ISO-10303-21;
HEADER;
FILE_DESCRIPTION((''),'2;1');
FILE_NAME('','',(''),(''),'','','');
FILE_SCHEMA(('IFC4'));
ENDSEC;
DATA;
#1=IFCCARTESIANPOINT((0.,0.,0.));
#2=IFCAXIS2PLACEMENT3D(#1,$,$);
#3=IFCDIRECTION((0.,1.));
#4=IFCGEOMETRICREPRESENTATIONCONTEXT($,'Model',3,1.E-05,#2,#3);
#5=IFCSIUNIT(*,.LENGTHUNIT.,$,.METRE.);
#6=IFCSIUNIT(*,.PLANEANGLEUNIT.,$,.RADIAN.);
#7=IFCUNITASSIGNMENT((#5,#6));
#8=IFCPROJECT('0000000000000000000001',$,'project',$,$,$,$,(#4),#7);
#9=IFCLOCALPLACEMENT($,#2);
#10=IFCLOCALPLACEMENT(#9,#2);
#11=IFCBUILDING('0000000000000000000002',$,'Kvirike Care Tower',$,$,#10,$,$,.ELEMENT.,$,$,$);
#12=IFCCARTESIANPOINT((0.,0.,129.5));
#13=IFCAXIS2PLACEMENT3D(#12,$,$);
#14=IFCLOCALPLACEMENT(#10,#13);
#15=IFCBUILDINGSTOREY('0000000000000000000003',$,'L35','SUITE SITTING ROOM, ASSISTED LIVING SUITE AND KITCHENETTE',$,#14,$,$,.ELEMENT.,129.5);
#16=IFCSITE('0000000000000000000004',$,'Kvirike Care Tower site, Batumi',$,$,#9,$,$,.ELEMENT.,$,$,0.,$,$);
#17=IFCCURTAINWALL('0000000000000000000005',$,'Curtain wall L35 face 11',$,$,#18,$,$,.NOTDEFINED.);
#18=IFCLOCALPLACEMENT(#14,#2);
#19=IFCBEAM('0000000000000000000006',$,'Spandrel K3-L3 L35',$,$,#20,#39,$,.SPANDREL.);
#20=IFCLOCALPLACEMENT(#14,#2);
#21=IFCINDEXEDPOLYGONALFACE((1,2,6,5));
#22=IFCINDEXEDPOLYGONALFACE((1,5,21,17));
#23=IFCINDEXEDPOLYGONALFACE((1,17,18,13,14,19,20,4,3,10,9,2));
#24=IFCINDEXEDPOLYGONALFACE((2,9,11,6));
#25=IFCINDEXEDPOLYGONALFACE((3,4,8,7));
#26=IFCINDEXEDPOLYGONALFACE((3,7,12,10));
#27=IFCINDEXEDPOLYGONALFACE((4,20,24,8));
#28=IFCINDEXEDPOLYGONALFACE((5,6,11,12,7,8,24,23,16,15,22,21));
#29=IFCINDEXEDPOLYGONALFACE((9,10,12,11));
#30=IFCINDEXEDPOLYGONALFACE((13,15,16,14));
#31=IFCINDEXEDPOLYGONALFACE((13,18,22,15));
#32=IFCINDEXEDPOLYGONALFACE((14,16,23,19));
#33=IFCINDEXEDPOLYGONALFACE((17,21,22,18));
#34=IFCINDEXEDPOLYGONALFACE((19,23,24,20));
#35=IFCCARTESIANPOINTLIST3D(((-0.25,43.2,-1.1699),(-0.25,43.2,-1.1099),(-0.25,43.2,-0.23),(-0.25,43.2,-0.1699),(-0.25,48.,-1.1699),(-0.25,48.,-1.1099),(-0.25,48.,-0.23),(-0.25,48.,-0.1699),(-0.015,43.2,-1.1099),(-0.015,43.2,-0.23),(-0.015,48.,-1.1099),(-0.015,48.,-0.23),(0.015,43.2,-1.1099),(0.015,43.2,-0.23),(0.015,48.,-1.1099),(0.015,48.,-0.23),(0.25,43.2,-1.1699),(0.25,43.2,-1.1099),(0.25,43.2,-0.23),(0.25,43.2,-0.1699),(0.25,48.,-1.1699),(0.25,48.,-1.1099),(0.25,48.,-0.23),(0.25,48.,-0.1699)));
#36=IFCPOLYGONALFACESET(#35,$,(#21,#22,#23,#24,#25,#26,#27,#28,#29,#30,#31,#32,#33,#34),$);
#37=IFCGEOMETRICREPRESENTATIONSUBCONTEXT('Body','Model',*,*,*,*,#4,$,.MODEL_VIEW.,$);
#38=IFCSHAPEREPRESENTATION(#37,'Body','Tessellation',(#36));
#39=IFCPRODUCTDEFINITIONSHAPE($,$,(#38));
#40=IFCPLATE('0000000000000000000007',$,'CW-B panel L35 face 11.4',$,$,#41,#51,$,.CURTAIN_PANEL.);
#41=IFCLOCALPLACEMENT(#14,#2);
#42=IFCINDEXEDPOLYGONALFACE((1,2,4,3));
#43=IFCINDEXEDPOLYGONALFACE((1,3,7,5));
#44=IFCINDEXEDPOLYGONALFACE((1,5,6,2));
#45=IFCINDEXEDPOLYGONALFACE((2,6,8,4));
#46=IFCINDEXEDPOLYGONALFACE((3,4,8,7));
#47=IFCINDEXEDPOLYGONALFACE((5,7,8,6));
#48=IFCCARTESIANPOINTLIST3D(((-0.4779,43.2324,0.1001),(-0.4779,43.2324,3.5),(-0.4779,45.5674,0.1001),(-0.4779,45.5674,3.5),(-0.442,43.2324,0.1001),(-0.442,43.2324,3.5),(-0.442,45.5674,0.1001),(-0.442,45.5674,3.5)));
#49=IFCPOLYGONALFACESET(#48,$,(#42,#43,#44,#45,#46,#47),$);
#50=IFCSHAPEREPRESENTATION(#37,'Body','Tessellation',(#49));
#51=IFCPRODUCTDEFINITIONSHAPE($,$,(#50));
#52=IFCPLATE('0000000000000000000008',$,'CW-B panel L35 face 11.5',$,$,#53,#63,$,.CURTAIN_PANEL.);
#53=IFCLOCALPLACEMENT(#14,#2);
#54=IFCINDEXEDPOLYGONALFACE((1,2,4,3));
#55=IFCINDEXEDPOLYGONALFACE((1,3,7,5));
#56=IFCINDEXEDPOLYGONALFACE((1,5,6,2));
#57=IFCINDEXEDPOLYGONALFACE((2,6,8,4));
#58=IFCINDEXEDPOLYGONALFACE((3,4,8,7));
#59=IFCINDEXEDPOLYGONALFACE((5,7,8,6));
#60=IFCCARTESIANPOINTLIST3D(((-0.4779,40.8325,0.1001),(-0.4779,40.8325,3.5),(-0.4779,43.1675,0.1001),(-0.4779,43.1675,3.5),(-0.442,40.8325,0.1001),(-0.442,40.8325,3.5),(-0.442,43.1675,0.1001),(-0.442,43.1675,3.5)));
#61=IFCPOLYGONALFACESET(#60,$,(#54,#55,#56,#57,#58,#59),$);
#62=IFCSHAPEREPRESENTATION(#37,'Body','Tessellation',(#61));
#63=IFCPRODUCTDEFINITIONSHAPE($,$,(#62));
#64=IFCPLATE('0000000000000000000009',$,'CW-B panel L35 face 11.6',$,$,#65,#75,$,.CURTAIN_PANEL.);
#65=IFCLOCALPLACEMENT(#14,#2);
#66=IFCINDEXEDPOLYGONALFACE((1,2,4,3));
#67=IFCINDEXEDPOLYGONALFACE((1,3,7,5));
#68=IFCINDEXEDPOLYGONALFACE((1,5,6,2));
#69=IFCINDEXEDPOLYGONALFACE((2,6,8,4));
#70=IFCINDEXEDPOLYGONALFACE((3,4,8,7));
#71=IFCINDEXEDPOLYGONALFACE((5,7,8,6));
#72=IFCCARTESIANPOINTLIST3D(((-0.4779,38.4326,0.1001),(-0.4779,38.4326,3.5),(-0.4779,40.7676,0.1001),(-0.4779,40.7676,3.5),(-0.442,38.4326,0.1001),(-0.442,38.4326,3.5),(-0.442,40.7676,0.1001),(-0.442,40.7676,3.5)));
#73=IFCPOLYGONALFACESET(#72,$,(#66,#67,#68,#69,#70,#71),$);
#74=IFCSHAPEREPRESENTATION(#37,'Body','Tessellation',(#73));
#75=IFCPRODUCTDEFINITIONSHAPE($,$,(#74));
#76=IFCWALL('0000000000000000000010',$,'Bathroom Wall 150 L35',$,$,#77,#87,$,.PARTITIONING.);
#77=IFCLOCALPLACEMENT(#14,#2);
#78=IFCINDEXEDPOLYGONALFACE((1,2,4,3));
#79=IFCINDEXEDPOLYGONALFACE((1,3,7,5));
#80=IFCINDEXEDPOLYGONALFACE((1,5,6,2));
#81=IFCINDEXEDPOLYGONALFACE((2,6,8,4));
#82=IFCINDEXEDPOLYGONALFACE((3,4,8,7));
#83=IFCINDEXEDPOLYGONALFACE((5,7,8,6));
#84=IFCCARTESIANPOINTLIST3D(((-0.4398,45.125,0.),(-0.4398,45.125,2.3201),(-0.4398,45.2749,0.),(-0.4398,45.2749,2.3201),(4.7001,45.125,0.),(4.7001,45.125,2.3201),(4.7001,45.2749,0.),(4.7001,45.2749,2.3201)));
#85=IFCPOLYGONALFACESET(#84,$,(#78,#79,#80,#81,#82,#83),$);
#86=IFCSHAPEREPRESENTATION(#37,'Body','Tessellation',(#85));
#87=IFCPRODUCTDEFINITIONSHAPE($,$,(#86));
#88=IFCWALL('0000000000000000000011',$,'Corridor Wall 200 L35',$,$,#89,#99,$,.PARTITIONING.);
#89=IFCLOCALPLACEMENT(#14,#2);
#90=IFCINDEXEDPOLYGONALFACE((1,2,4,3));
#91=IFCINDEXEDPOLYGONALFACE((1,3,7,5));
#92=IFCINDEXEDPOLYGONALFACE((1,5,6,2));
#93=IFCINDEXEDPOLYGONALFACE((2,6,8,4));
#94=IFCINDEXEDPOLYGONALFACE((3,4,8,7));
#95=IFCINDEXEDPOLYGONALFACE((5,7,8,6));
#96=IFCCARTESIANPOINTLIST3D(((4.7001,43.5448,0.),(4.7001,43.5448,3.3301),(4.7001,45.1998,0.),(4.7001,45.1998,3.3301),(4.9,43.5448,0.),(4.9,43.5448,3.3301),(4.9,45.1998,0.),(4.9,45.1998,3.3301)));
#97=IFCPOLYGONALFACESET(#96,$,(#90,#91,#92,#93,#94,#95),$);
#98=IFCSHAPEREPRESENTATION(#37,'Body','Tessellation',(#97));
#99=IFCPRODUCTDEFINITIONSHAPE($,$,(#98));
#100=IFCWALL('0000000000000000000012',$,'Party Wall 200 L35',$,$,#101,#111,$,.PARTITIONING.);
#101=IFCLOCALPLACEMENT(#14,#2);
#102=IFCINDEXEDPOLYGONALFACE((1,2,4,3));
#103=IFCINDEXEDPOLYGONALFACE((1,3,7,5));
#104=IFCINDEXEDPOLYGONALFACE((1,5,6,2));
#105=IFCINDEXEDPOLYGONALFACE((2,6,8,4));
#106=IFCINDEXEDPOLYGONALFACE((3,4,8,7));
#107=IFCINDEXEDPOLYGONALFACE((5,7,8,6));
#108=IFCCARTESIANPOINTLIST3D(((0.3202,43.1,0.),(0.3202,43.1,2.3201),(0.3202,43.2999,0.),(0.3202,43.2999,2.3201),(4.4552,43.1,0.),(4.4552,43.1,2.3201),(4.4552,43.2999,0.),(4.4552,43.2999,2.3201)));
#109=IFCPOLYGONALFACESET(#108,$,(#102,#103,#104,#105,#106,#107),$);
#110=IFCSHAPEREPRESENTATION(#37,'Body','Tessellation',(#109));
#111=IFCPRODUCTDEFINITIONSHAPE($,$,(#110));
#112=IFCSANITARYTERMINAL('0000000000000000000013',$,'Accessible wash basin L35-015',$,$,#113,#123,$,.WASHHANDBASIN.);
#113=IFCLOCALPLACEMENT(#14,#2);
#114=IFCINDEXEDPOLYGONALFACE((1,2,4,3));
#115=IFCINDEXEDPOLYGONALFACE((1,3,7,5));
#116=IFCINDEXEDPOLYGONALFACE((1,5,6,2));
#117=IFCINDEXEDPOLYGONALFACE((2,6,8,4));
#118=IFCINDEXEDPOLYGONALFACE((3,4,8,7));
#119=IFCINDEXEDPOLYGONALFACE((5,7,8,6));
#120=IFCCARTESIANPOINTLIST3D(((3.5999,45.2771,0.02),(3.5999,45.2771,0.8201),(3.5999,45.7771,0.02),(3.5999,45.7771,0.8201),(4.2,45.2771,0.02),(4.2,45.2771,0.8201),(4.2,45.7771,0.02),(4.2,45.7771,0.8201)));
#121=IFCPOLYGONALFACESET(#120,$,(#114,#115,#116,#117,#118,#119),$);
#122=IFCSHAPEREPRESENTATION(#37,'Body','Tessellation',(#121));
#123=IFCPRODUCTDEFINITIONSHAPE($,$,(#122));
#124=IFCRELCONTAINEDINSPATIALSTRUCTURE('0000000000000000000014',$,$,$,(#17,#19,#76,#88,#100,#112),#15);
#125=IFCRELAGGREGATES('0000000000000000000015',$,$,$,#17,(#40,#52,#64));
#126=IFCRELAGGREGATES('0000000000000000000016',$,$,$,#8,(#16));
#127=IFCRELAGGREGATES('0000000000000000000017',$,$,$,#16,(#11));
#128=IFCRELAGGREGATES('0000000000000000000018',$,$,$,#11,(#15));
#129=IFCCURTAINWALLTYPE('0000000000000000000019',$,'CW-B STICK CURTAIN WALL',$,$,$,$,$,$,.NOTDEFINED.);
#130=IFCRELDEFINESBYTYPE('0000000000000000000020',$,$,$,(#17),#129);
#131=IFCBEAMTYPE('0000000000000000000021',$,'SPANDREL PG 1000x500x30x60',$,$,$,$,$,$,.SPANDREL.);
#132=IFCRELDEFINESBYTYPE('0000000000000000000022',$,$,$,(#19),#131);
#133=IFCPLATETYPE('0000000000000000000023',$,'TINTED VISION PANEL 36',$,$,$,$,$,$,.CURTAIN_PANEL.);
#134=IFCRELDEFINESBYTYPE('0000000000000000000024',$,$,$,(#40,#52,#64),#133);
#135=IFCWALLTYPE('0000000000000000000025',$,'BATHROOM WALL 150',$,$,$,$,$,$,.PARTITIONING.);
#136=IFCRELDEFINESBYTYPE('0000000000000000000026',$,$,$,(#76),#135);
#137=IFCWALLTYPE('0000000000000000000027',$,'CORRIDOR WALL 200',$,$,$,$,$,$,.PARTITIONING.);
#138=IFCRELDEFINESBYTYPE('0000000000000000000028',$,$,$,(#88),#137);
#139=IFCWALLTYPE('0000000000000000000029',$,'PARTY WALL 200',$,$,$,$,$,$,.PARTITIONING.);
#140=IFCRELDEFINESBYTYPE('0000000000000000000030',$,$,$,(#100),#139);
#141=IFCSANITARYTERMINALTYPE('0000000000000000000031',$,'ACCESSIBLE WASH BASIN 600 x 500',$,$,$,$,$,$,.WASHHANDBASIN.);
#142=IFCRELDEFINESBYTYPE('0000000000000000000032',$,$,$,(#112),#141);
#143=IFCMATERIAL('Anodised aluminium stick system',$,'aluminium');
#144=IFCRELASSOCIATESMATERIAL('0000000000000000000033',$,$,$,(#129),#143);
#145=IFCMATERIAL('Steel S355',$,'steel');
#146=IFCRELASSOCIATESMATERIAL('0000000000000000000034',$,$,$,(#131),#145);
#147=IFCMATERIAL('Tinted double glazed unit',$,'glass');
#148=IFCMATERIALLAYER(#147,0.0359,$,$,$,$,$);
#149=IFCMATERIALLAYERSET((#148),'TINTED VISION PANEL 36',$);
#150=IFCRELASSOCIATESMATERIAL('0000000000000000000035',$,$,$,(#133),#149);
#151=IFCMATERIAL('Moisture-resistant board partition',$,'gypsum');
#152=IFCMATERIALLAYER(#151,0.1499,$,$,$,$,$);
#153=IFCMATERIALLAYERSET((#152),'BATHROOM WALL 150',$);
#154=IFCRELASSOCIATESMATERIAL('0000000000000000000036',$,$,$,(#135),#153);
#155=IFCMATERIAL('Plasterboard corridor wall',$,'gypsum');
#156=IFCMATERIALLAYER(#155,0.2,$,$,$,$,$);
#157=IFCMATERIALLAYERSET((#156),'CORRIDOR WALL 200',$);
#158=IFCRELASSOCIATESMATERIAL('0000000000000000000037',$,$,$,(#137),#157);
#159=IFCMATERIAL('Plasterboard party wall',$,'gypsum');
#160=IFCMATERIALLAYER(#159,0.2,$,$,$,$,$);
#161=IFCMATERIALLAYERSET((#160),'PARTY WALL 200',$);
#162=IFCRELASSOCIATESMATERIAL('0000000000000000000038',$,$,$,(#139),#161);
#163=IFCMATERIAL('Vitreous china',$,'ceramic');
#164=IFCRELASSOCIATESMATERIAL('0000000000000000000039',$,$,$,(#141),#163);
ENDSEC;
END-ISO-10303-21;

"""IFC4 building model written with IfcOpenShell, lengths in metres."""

from ifc_helpers import new_model, si_unit, direction, frame, frame_2d, origin, origin_2d, place, context, subcontext, project, spatial, rectangle, i_section, extrude, material, layer, layer_set, material_profile, profile_set, type_object, element, aggregate, save


model = new_model("IFC4")

# Units and contexts
model_context = context("Model", 3, precision=1e-05, world=origin(), true_north=direction((0.0, 1.0)))
body_context = subcontext(model_context, "Body", "Model", "MODEL_VIEW")
ifc_project = project(units=[si_unit("LENGTHUNIT", "METRE"), si_unit("PLANEANGLEUNIT", "RADIAN")], contexts=[model_context])

# Site, building, storey
site_placement = place(None, origin())
site = spatial("IfcSite", under=ifc_project, at=site_placement, Name="Kvirike Care Tower site, Batumi", CompositionType="ELEMENT", RefElevation=0.0)
building_placement = place(site_placement, origin())
building = spatial("IfcBuilding", under=site, at=building_placement, Name="Kvirike Care Tower", CompositionType="ELEMENT")
storey_placement = place(building_placement, frame((0.0, 0.0, 129.5)))
storey = spatial("IfcBuildingStorey", under=building, at=storey_placement, Name="L35", Description="SUITE SITTING ROOM, ASSISTED LIVING SUITE AND KITCHENETTE", CompositionType="ELEMENT", Elevation=129.5)

# Curtain wall
ifc_material_1 = material(Name="Anodised aluminium stick system", Category="aluminium")
curtain_wall_type = type_object("IfcCurtainWallType", Name="CW-B STICK CURTAIN WALL", PredefinedType="NOTDEFINED", material=ifc_material_1)
curtain_wall_placement = place(storey_placement, origin())
curtain_wall = element("IfcCurtainWall", 1, at=curtain_wall_placement, inside=storey, type_object=curtain_wall_type, Name="Curtain wall L35 face 11", PredefinedType="NOTDEFINED")

# Beam
ifc_material_2 = material(Name="Steel S355", Category="steel")
ifc_material_profile_1 = material_profile(ifc_material_2, i_section(OverallWidth=0.5, OverallDepth=1.0, WebThickness=0.03, FlangeThickness=0.0601, at=origin_2d()), Name="PG 1000x500x30x60")
ifc_profile_set_1 = profile_set([ifc_material_profile_1], Name="Steel S355")
beam_type_1 = type_object("IfcBeamType", Name="SPANDREL PG 1000x500x30x60", PredefinedType="SPANDREL", material=ifc_profile_set_1)
beam_placement = place(storey_placement, frame((0.0, 43.2, -0.6699), z_axis=(0.0, 1.0, 0.0), x_axis=(-1.0, 0.0, 0.0)))
element("IfcBeam", 2, at=beam_placement, inside=storey, type_object=beam_type_1, Name="Spandrel K3-L3 L35", PredefinedType="SPANDREL", context=body_context, shape_type="SweptSolid", body=[
    extrude(i_section(OverallWidth=0.5, OverallDepth=1.0, WebThickness=0.03, FlangeThickness=0.0601, at=origin_2d()), origin(), (0.0, 0.0, 1.0), 4.8),
])

# Plates
ifc_material_3 = material(Name="Tinted double glazed unit", Category="glass")
ifc_layer_1 = layer(ifc_material_3, 0.0359)
ifc_layer_set_1 = layer_set([ifc_layer_1], Name="TINTED VISION PANEL 36")
plate_type = type_object("IfcPlateType", Name="TINTED VISION PANEL 36", PredefinedType="CURTAIN_PANEL", material=ifc_layer_set_1)
plate_1_placement = place(storey_placement, frame((-0.46, 44.3999, 0.1001), z_axis=(0.0, 0.0, 1.0), x_axis=(0.0, -1.0, 0.0)))
plate_1 = element("IfcPlate", 3, at=plate_1_placement, type_object=plate_type, Name="CW-B panel L35 face 11.4", PredefinedType="CURTAIN_PANEL", context=body_context, shape_type="SweptSolid", body=[
    extrude(rectangle(XDim=2.335, YDim=0.0359, at=origin_2d()), origin(), (0.0, 0.0, 1.0), 3.3999),
])
plate_2_placement = place(storey_placement, frame((-0.46, 42.0, 0.1001), z_axis=(0.0, 0.0, 1.0), x_axis=(0.0, -1.0, 0.0)))
plate_2 = element("IfcPlate", 4, at=plate_2_placement, type_object=plate_type, Name="CW-B panel L35 face 11.5", PredefinedType="CURTAIN_PANEL", context=body_context, shape_type="SweptSolid", body=[
    extrude(rectangle(XDim=2.335, YDim=0.0359, at=origin_2d()), origin(), (0.0, 0.0, 1.0), 3.3999),
])
plate_3_placement = place(storey_placement, frame((-0.46, 39.6001, 0.1001), z_axis=(0.0, 0.0, 1.0), x_axis=(0.0, -1.0, 0.0)))
plate_3 = element("IfcPlate", 5, at=plate_3_placement, type_object=plate_type, Name="CW-B panel L35 face 11.6", PredefinedType="CURTAIN_PANEL", context=body_context, shape_type="SweptSolid", body=[
    extrude(rectangle(XDim=2.335, YDim=0.0359, at=origin_2d()), origin(), (0.0, 0.0, 1.0), 3.3999),
])
aggregate(curtain_wall, [plate_1, plate_2, plate_3])

# Walls
ifc_material_4 = material(Name="Moisture-resistant board partition", Category="gypsum")
ifc_layer_2 = layer(ifc_material_4, 0.1499)
ifc_layer_set_2 = layer_set([ifc_layer_2], Name="BATHROOM WALL 150")
wall_type_1 = type_object("IfcWallType", Name="BATHROOM WALL 150", PredefinedType="PARTITIONING", material=ifc_layer_set_2)
wall_1_placement = place(storey_placement, frame((4.7, 45.2, 0.0), z_axis=(0.0, 0.0, 1.0), x_axis=(-1.0, 0.0, 0.0)))
element("IfcWall", 6, at=wall_1_placement, inside=storey, type_object=wall_type_1, Name="Bathroom Wall 150 L35", PredefinedType="PARTITIONING", context=body_context, shape_type="SweptSolid", body=[
    extrude(rectangle(XDim=5.1399, YDim=0.1499, at=frame_2d((2.5698, 0.0))), origin(), (0.0, 0.0, 1.0), 2.3201),
])
ifc_material_5 = material(Name="Plasterboard corridor wall", Category="gypsum")
ifc_layer_3 = layer(ifc_material_5, 0.2)
ifc_layer_set_3 = layer_set([ifc_layer_3], Name="CORRIDOR WALL 200")
wall_type_2 = type_object("IfcWallType", Name="CORRIDOR WALL 200", PredefinedType="PARTITIONING", material=ifc_layer_set_3)
wall_2_placement = place(storey_placement, frame((4.8, 45.2, 0.0), z_axis=(0.0, 0.0, 1.0), x_axis=(0.0, -1.0, 0.0)))
element("IfcWall", 7, at=wall_2_placement, inside=storey, type_object=wall_type_2, Name="Corridor Wall 200 L35", PredefinedType="PARTITIONING", context=body_context, shape_type="SweptSolid", body=[
    extrude(rectangle(XDim=1.655, YDim=0.2, at=frame_2d((0.8276, 0.0))), origin(), (0.0, 0.0, 1.0), 3.3301),
])
ifc_material_6 = material(Name="Plasterboard party wall", Category="gypsum")
ifc_layer_4 = layer(ifc_material_6, 0.2)
ifc_layer_set_4 = layer_set([ifc_layer_4], Name="PARTY WALL 200")
wall_type_3 = type_object("IfcWallType", Name="PARTY WALL 200", PredefinedType="PARTITIONING", material=ifc_layer_set_4)
wall_3_placement = place(storey_placement, frame((4.4551, 43.2, 0.0), z_axis=(0.0, 0.0, 1.0), x_axis=(-1.0, 0.0, 0.0)))
element("IfcWall", 8, at=wall_3_placement, inside=storey, type_object=wall_type_3, Name="Party Wall 200 L35", PredefinedType="PARTITIONING", context=body_context, shape_type="SweptSolid", body=[
    extrude(rectangle(XDim=4.135, YDim=0.2, at=frame_2d((2.0674, 0.0))), origin(), (0.0, 0.0, 1.0), 2.3201),
])

# Sanitary terminal
ifc_material_7 = material(Name="Vitreous china", Category="ceramic")
sanitary_terminal_type = type_object("IfcSanitaryTerminalType", Name="ACCESSIBLE WASH BASIN 600 x 500", PredefinedType="WASHHANDBASIN", material=ifc_material_7)
sanitary_terminal_placement = place(storey_placement, frame((3.8999, 45.5271, 0.02), z_axis=(0.0, 0.0, 1.0), x_axis=(-1.0, 0.0, 0.0)))
element("IfcSanitaryTerminal", 9, at=sanitary_terminal_placement, inside=storey, type_object=sanitary_terminal_type, Name="Accessible wash basin L35-015", PredefinedType="WASHHANDBASIN", context=body_context, shape_type="SweptSolid", body=[
    extrude(rectangle(XDim=0.6001, YDim=0.5, at=origin_2d()), origin(), (0.0, 0.0, 1.0), 0.8),
])

save(model, "model.ifc")
